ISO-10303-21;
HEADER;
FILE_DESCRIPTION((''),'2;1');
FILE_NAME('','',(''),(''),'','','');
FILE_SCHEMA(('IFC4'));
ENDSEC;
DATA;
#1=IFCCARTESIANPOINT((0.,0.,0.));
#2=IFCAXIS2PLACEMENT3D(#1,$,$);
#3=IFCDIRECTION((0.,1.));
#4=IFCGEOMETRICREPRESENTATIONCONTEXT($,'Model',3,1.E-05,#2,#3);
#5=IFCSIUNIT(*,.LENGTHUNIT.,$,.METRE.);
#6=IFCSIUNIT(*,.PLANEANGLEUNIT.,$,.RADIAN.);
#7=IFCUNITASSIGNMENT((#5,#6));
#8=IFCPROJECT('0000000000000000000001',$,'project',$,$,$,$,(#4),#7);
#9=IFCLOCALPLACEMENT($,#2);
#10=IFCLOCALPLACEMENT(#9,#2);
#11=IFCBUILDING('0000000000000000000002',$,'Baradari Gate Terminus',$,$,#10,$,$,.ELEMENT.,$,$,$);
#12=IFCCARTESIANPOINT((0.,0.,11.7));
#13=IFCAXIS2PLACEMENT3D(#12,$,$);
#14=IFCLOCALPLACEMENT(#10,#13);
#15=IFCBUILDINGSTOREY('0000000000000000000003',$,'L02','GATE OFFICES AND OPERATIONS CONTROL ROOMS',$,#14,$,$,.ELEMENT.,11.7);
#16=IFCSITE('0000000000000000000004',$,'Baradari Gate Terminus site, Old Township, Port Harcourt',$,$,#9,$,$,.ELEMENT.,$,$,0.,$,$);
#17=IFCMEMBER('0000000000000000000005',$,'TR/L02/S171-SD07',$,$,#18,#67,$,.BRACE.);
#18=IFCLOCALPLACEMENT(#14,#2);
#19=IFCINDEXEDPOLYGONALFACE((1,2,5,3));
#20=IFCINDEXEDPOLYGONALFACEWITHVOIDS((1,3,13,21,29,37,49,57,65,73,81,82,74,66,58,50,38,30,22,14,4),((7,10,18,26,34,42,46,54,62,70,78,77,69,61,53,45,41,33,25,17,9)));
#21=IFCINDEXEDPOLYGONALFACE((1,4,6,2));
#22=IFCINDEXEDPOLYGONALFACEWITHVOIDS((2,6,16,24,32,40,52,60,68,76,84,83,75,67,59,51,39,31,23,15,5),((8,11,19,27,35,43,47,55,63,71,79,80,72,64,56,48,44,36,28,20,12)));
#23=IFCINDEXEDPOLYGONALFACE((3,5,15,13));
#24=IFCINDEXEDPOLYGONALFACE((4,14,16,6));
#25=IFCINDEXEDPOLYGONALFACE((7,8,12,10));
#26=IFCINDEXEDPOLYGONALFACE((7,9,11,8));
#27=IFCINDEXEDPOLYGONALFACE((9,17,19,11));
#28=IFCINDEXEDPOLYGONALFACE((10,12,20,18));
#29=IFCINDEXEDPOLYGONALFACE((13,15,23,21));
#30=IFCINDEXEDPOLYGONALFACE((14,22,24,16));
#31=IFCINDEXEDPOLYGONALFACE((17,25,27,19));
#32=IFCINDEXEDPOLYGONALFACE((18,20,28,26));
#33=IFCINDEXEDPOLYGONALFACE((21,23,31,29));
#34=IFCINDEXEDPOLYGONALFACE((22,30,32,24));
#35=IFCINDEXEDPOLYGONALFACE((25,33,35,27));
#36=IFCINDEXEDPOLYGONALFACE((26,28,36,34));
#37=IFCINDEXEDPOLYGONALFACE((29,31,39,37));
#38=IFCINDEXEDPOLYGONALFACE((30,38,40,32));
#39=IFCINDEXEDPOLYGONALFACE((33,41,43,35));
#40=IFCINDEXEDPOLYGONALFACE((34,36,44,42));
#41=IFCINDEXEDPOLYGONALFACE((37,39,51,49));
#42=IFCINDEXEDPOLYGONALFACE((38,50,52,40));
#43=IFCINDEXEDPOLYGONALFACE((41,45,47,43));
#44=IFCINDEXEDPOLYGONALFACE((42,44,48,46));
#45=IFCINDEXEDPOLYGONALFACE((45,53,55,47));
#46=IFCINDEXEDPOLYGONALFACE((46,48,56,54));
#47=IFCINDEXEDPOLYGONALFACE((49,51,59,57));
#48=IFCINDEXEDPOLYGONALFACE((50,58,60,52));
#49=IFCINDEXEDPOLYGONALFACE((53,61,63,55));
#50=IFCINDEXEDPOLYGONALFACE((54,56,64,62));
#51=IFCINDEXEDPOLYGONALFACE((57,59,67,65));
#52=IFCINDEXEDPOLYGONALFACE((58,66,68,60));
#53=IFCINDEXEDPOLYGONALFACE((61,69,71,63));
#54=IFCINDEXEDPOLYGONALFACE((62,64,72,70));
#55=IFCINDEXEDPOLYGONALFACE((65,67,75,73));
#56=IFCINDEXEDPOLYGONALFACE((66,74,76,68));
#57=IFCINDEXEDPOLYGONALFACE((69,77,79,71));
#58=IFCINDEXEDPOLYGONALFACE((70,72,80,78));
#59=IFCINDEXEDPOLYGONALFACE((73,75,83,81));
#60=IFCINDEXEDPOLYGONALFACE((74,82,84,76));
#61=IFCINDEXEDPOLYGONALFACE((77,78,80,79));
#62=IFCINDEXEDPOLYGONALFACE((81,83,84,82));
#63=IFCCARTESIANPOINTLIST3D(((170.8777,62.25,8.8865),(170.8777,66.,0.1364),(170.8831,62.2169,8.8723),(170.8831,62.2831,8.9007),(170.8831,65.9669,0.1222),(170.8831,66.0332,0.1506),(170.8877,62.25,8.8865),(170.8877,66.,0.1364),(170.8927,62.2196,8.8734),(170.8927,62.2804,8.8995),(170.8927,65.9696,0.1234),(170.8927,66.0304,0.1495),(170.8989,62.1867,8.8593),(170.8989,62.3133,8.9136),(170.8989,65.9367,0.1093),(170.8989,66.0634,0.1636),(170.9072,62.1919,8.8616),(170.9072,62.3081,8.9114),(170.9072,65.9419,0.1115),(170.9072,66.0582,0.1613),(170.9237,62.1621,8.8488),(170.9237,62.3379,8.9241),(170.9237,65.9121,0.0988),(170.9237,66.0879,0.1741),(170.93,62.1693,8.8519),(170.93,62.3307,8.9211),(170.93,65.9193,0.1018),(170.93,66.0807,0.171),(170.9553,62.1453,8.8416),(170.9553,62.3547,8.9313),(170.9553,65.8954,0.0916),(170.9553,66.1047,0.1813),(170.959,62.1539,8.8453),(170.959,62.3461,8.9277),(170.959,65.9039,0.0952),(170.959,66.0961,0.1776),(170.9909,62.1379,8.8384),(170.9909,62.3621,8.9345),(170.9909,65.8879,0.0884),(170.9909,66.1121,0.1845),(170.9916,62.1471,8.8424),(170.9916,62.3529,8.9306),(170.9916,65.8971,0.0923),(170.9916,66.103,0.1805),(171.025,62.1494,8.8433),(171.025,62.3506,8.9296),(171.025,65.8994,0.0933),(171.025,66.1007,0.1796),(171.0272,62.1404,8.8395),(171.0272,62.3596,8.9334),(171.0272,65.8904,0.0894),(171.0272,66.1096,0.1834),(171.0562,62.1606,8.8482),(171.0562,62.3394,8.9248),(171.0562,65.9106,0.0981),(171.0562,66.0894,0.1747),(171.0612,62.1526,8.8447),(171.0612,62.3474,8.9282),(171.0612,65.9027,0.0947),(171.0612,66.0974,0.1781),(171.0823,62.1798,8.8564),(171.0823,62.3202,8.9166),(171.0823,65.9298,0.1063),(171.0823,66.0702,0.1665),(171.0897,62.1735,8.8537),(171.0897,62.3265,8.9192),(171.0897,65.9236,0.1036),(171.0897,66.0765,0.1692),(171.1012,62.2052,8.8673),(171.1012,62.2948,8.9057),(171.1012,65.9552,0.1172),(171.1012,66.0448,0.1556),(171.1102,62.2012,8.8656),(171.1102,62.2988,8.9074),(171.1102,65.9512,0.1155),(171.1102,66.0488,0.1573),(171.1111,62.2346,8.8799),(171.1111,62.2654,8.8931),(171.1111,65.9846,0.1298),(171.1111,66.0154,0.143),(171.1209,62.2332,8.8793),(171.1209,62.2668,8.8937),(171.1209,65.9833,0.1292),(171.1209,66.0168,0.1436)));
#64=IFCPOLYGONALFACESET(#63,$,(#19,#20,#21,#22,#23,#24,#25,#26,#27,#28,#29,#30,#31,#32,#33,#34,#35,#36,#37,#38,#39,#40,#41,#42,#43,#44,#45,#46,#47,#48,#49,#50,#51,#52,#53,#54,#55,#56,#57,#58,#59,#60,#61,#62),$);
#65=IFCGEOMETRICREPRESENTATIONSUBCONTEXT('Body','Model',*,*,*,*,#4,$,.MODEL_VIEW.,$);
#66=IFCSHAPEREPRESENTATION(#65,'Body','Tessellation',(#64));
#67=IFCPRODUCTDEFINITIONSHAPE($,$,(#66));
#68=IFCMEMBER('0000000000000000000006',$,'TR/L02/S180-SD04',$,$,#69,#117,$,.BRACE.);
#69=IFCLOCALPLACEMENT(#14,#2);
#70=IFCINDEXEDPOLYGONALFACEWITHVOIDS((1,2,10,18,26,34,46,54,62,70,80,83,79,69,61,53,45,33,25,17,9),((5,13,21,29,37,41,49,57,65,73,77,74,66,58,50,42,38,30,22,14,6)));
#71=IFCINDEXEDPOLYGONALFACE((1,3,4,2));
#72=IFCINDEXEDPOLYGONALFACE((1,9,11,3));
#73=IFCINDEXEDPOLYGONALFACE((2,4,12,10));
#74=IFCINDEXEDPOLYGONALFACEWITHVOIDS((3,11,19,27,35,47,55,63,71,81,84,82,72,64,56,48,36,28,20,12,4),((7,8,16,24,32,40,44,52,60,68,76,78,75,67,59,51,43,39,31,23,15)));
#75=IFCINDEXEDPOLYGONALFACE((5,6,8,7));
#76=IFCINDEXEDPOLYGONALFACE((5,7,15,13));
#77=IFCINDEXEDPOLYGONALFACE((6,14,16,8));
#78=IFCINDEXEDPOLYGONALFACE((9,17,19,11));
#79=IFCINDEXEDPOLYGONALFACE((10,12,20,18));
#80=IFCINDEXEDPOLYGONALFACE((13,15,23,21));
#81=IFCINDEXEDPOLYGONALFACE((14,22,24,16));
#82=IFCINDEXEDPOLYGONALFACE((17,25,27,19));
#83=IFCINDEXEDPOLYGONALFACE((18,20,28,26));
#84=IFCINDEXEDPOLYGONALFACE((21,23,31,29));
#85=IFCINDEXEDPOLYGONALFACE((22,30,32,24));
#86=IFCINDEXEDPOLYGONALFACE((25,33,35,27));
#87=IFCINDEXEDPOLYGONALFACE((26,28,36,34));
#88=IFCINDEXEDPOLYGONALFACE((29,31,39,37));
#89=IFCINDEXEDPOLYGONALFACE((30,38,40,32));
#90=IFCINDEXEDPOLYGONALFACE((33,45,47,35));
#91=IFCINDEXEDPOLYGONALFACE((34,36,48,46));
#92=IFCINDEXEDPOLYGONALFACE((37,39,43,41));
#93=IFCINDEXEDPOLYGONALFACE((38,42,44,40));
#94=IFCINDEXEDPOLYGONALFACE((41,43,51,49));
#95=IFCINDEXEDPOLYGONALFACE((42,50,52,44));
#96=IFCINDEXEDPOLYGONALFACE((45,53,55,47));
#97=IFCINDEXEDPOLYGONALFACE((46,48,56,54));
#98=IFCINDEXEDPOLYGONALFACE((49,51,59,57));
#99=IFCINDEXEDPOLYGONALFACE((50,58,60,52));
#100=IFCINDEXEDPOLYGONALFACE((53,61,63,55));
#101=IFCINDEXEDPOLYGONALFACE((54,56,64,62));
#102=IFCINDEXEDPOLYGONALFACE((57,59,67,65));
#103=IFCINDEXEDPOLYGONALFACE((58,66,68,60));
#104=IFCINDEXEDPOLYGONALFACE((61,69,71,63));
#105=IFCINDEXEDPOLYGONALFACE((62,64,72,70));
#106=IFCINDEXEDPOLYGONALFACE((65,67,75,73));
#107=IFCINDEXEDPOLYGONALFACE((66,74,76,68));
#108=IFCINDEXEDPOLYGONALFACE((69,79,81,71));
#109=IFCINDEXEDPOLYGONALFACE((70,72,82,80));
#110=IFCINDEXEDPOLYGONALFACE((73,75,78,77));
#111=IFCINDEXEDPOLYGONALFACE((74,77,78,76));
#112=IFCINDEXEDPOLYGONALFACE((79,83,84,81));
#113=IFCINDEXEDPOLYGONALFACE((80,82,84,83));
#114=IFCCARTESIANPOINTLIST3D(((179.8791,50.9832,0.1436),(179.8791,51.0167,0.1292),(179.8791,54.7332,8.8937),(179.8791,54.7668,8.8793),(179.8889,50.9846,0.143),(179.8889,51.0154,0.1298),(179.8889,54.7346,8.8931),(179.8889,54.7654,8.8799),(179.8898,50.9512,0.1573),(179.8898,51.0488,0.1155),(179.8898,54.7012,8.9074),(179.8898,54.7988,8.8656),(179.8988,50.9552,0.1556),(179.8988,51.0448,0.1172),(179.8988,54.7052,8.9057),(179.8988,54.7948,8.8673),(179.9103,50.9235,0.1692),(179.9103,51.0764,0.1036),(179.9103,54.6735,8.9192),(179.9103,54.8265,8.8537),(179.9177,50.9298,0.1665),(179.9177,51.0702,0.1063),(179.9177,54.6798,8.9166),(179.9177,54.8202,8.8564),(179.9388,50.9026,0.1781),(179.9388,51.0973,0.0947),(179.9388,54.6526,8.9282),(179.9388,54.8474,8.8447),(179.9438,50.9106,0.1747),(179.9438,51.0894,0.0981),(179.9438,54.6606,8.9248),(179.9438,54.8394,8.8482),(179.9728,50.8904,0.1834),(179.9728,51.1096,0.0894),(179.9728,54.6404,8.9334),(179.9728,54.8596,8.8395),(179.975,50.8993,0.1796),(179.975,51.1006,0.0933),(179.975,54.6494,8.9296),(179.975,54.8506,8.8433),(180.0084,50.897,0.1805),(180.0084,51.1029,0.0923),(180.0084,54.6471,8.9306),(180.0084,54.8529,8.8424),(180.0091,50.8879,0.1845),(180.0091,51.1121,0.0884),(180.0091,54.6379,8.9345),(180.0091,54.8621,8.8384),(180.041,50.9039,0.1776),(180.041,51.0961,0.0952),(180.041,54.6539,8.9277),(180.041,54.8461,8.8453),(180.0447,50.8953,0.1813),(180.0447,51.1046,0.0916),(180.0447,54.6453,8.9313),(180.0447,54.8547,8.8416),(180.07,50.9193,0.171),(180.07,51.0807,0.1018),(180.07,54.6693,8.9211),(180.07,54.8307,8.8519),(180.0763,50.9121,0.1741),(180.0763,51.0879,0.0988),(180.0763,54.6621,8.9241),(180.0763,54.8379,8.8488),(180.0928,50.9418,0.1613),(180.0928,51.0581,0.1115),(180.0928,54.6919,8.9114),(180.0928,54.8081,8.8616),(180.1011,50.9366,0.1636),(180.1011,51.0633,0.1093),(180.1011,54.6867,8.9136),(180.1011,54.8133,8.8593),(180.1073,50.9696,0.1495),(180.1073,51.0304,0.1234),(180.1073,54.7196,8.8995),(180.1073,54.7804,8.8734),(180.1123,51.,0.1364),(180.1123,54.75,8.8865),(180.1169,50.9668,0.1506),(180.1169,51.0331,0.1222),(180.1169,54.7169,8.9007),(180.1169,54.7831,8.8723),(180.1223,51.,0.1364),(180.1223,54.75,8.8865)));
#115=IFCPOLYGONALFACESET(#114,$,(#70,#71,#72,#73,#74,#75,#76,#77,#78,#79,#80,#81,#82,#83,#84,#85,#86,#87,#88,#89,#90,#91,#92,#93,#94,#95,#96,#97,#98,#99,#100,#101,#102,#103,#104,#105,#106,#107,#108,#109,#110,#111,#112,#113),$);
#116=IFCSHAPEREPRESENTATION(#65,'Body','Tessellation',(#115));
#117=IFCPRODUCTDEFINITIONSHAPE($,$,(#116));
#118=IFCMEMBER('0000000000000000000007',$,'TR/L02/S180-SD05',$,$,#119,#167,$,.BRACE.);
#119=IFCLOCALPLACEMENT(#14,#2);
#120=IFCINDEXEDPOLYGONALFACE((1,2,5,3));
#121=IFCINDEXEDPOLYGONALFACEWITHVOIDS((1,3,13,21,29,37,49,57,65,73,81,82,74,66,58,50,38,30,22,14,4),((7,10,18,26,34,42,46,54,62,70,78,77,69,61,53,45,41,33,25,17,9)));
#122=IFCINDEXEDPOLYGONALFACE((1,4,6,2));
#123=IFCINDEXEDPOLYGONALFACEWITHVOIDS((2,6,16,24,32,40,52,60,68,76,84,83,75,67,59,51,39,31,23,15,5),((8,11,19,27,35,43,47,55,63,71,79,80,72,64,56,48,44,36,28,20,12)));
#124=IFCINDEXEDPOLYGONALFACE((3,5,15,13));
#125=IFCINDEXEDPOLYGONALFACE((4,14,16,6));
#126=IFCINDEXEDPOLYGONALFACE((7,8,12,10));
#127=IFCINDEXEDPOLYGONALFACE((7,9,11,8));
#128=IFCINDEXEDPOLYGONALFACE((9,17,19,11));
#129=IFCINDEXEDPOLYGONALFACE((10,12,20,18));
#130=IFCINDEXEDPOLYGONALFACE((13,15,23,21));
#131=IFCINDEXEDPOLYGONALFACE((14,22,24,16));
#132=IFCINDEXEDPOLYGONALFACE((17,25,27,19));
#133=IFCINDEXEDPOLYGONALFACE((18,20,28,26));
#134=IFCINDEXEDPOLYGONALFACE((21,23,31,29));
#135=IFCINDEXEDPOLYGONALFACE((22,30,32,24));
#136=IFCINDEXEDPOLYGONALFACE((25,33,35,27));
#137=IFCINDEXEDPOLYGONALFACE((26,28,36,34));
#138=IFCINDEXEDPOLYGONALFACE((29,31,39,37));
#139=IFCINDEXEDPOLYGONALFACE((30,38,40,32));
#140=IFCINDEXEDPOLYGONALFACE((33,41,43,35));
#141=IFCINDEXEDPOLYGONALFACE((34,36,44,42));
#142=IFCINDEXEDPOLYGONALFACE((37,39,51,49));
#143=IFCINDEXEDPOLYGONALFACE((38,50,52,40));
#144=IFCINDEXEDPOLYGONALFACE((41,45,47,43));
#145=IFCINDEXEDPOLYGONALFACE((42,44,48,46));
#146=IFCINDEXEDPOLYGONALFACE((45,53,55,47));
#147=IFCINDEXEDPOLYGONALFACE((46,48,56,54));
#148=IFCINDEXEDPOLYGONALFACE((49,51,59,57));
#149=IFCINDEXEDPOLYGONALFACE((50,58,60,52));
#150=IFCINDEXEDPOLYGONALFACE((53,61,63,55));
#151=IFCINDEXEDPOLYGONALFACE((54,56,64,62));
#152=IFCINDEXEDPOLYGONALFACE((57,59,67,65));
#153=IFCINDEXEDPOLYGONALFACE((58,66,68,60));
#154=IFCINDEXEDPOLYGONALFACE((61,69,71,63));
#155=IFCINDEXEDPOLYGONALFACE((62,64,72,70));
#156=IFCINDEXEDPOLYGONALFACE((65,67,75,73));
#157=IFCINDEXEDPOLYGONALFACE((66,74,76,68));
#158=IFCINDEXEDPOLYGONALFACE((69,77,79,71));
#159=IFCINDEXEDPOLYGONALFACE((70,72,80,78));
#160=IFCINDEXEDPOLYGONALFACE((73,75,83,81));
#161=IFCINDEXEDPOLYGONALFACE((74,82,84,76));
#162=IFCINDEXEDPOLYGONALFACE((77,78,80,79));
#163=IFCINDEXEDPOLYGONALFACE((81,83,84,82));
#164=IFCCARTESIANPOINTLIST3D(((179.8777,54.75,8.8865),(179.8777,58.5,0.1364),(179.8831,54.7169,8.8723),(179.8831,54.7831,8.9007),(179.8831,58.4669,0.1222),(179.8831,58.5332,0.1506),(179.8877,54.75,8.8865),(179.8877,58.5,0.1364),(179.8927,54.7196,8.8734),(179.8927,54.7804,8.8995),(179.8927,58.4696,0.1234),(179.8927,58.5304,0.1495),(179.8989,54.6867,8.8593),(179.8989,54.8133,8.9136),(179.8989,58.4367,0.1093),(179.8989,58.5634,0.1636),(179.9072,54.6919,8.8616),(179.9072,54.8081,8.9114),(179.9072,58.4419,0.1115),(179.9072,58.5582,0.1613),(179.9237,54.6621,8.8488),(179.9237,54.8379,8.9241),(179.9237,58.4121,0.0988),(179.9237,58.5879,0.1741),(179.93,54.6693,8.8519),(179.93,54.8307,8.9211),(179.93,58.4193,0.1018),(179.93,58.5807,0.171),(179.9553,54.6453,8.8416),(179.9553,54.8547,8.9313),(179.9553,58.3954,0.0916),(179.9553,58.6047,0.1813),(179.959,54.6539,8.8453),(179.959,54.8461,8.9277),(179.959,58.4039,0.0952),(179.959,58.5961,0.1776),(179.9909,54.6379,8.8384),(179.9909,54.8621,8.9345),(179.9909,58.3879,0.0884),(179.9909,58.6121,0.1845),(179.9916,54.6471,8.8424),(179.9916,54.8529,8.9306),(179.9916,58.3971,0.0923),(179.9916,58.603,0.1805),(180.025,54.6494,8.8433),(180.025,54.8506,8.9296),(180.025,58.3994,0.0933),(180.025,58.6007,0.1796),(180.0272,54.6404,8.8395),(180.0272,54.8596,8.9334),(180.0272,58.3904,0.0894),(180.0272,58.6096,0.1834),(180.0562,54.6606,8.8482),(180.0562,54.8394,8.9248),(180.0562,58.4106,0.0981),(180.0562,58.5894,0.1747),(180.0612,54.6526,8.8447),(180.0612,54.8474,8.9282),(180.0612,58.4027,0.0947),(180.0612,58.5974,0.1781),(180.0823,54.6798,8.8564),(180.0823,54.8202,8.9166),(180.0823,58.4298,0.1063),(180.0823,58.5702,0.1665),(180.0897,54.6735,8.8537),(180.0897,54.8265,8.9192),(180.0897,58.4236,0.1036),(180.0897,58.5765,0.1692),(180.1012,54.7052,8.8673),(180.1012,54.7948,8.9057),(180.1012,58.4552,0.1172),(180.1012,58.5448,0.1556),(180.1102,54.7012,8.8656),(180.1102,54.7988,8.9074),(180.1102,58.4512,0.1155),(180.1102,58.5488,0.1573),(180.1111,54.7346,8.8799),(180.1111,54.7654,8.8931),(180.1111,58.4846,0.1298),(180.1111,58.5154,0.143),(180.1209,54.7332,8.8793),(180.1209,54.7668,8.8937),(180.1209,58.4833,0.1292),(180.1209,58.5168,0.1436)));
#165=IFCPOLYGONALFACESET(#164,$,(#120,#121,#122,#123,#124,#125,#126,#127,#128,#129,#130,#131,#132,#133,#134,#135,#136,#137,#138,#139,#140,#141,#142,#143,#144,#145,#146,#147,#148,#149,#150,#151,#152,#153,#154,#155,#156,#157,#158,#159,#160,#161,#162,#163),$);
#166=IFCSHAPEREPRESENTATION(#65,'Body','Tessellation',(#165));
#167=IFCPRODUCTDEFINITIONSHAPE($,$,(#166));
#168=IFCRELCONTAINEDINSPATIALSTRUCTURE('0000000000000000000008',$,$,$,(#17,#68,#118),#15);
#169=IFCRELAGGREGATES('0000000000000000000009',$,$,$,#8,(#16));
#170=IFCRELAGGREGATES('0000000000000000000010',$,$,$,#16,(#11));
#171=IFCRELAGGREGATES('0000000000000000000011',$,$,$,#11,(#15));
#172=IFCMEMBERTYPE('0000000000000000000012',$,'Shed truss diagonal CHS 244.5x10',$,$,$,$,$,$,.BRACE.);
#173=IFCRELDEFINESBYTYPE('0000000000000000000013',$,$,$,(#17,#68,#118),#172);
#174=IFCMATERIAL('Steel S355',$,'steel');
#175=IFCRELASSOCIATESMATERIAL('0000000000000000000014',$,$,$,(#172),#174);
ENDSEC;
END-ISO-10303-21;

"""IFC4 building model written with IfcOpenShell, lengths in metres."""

from ifc_helpers import new_model, si_unit, direction, frame, origin, origin_2d, place, context, subcontext, project, spatial, hollow_circle, extrude, material, material_profile, profile_set, type_object, element, save


model = new_model("IFC4")

# Units and contexts
model_context = context("Model", 3, precision=1e-05, world=origin(), true_north=direction((0.0, 1.0)))
body_context = subcontext(model_context, "Body", "Model", "MODEL_VIEW")
ifc_project = project(units=[si_unit("LENGTHUNIT", "METRE"), si_unit("PLANEANGLEUNIT", "RADIAN")], contexts=[model_context])

# Site, building, storey
site_placement = place(None, origin())
site = spatial("IfcSite", under=ifc_project, at=site_placement, Name="Baradari Gate Terminus site, Old Township, Port Harcourt", CompositionType="ELEMENT", RefElevation=0.0)
building_placement = place(site_placement, origin())
building = spatial("IfcBuilding", under=site, at=building_placement, Name="Baradari Gate Terminus", CompositionType="ELEMENT")
storey_placement = place(building_placement, frame((0.0, 0.0, 11.7)))
storey = spatial("IfcBuildingStorey", under=building, at=storey_placement, Name="L02", Description="GATE OFFICES AND OPERATIONS CONTROL ROOMS", CompositionType="ELEMENT", Elevation=11.7)

# Members
ifc_material_1 = material(Name="Steel S355", Category="steel")
ifc_material_profile_1 = material_profile(ifc_material_1, hollow_circle(Radius=0.1223, WallThickness=0.01, at=origin_2d()), Name="CHS 244.5x10")
ifc_profile_set_1 = profile_set([ifc_material_profile_1], Name="Steel S355")
member_type_1 = type_object("IfcMemberType", Name="Shed truss diagonal CHS 244.5x10", PredefinedType="BRACE", material=ifc_profile_set_1)
for number, where, z_axis, x_axis, name in (
    (1, (171.0, 62.25, 8.8865), (0.0, 0.393919, -0.919145), (-1.0, 0.0, 0.0), "TR/L02/S171-SD07"),
    (2, (180.0, 54.75, 8.8865), (0.0, -0.393919, -0.919145), (1.0, 0.0, 0.0), "TR/L02/S180-SD04"),
    (3, (180.0, 54.75, 8.8865), (0.0, 0.393919, -0.919145), (-1.0, 0.0, 0.0), "TR/L02/S180-SD05"),
):
    element("IfcMember", number, at=place(storey_placement, frame(where, z_axis=z_axis, x_axis=x_axis)), inside=storey, type_object=member_type_1, Name=name, PredefinedType="BRACE", context=body_context, shape_type="SweptSolid", body=[
        extrude(hollow_circle(Radius=0.1223, WallThickness=0.01, at=origin_2d()), origin(), (0.0, 0.0, 1.0), 9.5198),
    ])

save(model, "model.ifc")
